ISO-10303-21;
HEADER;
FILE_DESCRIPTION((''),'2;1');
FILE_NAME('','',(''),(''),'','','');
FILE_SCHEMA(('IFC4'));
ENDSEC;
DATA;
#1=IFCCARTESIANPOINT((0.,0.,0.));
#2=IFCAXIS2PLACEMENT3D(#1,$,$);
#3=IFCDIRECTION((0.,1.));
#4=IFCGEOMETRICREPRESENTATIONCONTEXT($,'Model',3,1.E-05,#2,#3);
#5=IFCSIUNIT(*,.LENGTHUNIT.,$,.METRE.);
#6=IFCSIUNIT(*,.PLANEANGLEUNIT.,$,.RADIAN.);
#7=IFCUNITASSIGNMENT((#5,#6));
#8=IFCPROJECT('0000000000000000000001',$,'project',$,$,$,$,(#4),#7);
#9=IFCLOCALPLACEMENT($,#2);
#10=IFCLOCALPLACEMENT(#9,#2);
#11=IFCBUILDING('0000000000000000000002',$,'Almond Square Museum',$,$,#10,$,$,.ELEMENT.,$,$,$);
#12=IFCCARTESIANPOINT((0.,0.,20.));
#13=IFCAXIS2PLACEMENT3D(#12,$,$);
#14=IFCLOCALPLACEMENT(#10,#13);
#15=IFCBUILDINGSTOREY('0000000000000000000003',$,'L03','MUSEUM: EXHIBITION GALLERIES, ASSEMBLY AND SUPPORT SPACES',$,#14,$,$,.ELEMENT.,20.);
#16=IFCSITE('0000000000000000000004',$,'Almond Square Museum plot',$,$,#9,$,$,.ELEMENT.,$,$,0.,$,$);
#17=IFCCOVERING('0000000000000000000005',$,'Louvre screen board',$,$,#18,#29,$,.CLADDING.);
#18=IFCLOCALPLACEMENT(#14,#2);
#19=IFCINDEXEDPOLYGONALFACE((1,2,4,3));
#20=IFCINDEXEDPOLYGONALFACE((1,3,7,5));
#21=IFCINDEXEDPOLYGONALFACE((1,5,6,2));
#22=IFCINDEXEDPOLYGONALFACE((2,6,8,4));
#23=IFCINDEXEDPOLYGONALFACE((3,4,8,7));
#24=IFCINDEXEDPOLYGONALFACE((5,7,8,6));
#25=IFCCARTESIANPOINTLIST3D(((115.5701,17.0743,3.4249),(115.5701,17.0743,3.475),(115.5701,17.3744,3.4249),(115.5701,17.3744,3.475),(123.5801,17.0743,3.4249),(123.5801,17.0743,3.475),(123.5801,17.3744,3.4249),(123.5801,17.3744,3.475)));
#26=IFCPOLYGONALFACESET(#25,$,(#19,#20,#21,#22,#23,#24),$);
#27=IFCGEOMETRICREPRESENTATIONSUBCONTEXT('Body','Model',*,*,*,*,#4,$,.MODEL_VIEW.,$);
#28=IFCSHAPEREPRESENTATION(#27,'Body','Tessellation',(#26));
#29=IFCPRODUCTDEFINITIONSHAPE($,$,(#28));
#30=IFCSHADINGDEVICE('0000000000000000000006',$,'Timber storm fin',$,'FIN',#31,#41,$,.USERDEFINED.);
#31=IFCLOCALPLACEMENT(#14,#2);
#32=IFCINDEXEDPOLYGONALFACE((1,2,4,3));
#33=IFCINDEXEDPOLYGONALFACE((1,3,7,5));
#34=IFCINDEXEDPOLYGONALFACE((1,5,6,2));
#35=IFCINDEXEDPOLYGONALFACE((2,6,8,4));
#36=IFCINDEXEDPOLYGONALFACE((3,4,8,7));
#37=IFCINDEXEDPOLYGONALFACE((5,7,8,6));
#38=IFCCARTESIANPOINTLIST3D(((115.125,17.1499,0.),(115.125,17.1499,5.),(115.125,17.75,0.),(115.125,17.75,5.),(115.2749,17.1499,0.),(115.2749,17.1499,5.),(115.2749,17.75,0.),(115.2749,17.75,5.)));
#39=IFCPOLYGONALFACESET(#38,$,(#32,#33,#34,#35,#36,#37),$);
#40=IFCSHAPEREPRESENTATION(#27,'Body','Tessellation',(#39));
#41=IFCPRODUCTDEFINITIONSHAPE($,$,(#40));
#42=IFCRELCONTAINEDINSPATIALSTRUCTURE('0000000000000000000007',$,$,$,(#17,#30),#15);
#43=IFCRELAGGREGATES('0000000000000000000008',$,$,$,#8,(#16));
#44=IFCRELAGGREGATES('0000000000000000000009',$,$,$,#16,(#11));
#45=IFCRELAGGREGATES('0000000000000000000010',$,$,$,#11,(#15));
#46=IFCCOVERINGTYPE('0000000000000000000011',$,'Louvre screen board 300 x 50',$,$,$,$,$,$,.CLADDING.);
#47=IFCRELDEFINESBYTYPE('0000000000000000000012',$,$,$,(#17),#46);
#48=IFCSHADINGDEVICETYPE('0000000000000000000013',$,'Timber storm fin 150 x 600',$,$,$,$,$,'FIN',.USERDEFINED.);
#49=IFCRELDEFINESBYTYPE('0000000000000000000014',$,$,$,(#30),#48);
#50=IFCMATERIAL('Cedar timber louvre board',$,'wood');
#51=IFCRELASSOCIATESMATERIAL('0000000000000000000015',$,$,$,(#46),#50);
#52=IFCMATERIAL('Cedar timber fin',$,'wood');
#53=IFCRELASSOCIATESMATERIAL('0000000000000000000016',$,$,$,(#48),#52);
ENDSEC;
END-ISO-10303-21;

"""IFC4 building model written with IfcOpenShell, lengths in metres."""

from ifc_helpers import new_model, si_unit, direction, frame, origin, origin_2d, place, context, subcontext, project, spatial, rectangle, extrude, material, material_profile, profile_set, type_object, element, save


model = new_model("IFC4")

# Units and contexts
model_context = context("Model", 3, precision=1e-05, world=origin(), true_north=direction((0.0, 1.0)))
body_context = subcontext(model_context, "Body", "Model", "MODEL_VIEW")
ifc_project = project(units=[si_unit("LENGTHUNIT", "METRE"), si_unit("PLANEANGLEUNIT", "RADIAN")], contexts=[model_context])

# Site, building, storey
site_placement = place(None, origin())
site = spatial("IfcSite", under=ifc_project, at=site_placement, Name="Almond Square Museum plot", CompositionType="ELEMENT", RefElevation=0.0)
building_placement = place(site_placement, origin())
building = spatial("IfcBuilding", under=site, at=building_placement, Name="Almond Square Museum", CompositionType="ELEMENT")
storey_placement = place(building_placement, frame((0.0, 0.0, 20.0)))
storey = spatial("IfcBuildingStorey", under=building, at=storey_placement, Name="L03", Description="MUSEUM: EXHIBITION GALLERIES, ASSEMBLY AND SUPPORT SPACES", CompositionType="ELEMENT", Elevation=20.0)

# Covering
ifc_material_1 = material(Name="Cedar timber louvre board", Category="wood")
ifc_material_profile_1 = material_profile(ifc_material_1, rectangle(XDim=0.3, YDim=0.05, at=origin_2d()))
ifc_profile_set_1 = profile_set([ifc_material_profile_1], Name="Cedar timber louvre board")
covering_type_1 = type_object("IfcCoveringType", Name="Louvre screen board 300 x 50", PredefinedType="CLADDING", material=ifc_profile_set_1)
for number, where, z_axis, x_axis, name in (
    (1, (115.5701, 17.2244, 3.45), (1.0, 0.0, 0.0), (0.0, 1.0, 0.0), "Louvre screen board"),
):
    element("IfcCovering", number, at=place(storey_placement, frame(where, z_axis=z_axis, x_axis=x_axis)), inside=storey, type_object=covering_type_1, Name=name, PredefinedType="CLADDING", context=body_context, shape_type="SweptSolid", body=[
        extrude(rectangle(XDim=0.3, YDim=0.05, at=origin_2d()), origin(), (0.0, 0.0, 1.0), 8.01),
    ])

# Shading device
ifc_material_2 = material(Name="Cedar timber fin", Category="wood")
shading_device_type = type_object("IfcShadingDeviceType", Name="Timber storm fin 150 x 600", ElementType="FIN", PredefinedType="USERDEFINED", material=ifc_material_2)
shading_device_placement = place(storey_placement, frame((115.2, 17.45, 0.0), z_axis=(0.0, 0.0, 1.0), x_axis=(1.0, 0.0, 0.0)))
element("IfcShadingDevice", 2, at=shading_device_placement, inside=storey, type_object=shading_device_type, Name="Timber storm fin", ObjectType="FIN", PredefinedType="USERDEFINED", context=body_context, shape_type="SweptSolid", body=[
    extrude(rectangle(XDim=0.1499, YDim=0.6001, at=origin_2d()), origin(), (0.0, 0.0, 1.0), 5.0),
])

save(model, "model.ifc")
